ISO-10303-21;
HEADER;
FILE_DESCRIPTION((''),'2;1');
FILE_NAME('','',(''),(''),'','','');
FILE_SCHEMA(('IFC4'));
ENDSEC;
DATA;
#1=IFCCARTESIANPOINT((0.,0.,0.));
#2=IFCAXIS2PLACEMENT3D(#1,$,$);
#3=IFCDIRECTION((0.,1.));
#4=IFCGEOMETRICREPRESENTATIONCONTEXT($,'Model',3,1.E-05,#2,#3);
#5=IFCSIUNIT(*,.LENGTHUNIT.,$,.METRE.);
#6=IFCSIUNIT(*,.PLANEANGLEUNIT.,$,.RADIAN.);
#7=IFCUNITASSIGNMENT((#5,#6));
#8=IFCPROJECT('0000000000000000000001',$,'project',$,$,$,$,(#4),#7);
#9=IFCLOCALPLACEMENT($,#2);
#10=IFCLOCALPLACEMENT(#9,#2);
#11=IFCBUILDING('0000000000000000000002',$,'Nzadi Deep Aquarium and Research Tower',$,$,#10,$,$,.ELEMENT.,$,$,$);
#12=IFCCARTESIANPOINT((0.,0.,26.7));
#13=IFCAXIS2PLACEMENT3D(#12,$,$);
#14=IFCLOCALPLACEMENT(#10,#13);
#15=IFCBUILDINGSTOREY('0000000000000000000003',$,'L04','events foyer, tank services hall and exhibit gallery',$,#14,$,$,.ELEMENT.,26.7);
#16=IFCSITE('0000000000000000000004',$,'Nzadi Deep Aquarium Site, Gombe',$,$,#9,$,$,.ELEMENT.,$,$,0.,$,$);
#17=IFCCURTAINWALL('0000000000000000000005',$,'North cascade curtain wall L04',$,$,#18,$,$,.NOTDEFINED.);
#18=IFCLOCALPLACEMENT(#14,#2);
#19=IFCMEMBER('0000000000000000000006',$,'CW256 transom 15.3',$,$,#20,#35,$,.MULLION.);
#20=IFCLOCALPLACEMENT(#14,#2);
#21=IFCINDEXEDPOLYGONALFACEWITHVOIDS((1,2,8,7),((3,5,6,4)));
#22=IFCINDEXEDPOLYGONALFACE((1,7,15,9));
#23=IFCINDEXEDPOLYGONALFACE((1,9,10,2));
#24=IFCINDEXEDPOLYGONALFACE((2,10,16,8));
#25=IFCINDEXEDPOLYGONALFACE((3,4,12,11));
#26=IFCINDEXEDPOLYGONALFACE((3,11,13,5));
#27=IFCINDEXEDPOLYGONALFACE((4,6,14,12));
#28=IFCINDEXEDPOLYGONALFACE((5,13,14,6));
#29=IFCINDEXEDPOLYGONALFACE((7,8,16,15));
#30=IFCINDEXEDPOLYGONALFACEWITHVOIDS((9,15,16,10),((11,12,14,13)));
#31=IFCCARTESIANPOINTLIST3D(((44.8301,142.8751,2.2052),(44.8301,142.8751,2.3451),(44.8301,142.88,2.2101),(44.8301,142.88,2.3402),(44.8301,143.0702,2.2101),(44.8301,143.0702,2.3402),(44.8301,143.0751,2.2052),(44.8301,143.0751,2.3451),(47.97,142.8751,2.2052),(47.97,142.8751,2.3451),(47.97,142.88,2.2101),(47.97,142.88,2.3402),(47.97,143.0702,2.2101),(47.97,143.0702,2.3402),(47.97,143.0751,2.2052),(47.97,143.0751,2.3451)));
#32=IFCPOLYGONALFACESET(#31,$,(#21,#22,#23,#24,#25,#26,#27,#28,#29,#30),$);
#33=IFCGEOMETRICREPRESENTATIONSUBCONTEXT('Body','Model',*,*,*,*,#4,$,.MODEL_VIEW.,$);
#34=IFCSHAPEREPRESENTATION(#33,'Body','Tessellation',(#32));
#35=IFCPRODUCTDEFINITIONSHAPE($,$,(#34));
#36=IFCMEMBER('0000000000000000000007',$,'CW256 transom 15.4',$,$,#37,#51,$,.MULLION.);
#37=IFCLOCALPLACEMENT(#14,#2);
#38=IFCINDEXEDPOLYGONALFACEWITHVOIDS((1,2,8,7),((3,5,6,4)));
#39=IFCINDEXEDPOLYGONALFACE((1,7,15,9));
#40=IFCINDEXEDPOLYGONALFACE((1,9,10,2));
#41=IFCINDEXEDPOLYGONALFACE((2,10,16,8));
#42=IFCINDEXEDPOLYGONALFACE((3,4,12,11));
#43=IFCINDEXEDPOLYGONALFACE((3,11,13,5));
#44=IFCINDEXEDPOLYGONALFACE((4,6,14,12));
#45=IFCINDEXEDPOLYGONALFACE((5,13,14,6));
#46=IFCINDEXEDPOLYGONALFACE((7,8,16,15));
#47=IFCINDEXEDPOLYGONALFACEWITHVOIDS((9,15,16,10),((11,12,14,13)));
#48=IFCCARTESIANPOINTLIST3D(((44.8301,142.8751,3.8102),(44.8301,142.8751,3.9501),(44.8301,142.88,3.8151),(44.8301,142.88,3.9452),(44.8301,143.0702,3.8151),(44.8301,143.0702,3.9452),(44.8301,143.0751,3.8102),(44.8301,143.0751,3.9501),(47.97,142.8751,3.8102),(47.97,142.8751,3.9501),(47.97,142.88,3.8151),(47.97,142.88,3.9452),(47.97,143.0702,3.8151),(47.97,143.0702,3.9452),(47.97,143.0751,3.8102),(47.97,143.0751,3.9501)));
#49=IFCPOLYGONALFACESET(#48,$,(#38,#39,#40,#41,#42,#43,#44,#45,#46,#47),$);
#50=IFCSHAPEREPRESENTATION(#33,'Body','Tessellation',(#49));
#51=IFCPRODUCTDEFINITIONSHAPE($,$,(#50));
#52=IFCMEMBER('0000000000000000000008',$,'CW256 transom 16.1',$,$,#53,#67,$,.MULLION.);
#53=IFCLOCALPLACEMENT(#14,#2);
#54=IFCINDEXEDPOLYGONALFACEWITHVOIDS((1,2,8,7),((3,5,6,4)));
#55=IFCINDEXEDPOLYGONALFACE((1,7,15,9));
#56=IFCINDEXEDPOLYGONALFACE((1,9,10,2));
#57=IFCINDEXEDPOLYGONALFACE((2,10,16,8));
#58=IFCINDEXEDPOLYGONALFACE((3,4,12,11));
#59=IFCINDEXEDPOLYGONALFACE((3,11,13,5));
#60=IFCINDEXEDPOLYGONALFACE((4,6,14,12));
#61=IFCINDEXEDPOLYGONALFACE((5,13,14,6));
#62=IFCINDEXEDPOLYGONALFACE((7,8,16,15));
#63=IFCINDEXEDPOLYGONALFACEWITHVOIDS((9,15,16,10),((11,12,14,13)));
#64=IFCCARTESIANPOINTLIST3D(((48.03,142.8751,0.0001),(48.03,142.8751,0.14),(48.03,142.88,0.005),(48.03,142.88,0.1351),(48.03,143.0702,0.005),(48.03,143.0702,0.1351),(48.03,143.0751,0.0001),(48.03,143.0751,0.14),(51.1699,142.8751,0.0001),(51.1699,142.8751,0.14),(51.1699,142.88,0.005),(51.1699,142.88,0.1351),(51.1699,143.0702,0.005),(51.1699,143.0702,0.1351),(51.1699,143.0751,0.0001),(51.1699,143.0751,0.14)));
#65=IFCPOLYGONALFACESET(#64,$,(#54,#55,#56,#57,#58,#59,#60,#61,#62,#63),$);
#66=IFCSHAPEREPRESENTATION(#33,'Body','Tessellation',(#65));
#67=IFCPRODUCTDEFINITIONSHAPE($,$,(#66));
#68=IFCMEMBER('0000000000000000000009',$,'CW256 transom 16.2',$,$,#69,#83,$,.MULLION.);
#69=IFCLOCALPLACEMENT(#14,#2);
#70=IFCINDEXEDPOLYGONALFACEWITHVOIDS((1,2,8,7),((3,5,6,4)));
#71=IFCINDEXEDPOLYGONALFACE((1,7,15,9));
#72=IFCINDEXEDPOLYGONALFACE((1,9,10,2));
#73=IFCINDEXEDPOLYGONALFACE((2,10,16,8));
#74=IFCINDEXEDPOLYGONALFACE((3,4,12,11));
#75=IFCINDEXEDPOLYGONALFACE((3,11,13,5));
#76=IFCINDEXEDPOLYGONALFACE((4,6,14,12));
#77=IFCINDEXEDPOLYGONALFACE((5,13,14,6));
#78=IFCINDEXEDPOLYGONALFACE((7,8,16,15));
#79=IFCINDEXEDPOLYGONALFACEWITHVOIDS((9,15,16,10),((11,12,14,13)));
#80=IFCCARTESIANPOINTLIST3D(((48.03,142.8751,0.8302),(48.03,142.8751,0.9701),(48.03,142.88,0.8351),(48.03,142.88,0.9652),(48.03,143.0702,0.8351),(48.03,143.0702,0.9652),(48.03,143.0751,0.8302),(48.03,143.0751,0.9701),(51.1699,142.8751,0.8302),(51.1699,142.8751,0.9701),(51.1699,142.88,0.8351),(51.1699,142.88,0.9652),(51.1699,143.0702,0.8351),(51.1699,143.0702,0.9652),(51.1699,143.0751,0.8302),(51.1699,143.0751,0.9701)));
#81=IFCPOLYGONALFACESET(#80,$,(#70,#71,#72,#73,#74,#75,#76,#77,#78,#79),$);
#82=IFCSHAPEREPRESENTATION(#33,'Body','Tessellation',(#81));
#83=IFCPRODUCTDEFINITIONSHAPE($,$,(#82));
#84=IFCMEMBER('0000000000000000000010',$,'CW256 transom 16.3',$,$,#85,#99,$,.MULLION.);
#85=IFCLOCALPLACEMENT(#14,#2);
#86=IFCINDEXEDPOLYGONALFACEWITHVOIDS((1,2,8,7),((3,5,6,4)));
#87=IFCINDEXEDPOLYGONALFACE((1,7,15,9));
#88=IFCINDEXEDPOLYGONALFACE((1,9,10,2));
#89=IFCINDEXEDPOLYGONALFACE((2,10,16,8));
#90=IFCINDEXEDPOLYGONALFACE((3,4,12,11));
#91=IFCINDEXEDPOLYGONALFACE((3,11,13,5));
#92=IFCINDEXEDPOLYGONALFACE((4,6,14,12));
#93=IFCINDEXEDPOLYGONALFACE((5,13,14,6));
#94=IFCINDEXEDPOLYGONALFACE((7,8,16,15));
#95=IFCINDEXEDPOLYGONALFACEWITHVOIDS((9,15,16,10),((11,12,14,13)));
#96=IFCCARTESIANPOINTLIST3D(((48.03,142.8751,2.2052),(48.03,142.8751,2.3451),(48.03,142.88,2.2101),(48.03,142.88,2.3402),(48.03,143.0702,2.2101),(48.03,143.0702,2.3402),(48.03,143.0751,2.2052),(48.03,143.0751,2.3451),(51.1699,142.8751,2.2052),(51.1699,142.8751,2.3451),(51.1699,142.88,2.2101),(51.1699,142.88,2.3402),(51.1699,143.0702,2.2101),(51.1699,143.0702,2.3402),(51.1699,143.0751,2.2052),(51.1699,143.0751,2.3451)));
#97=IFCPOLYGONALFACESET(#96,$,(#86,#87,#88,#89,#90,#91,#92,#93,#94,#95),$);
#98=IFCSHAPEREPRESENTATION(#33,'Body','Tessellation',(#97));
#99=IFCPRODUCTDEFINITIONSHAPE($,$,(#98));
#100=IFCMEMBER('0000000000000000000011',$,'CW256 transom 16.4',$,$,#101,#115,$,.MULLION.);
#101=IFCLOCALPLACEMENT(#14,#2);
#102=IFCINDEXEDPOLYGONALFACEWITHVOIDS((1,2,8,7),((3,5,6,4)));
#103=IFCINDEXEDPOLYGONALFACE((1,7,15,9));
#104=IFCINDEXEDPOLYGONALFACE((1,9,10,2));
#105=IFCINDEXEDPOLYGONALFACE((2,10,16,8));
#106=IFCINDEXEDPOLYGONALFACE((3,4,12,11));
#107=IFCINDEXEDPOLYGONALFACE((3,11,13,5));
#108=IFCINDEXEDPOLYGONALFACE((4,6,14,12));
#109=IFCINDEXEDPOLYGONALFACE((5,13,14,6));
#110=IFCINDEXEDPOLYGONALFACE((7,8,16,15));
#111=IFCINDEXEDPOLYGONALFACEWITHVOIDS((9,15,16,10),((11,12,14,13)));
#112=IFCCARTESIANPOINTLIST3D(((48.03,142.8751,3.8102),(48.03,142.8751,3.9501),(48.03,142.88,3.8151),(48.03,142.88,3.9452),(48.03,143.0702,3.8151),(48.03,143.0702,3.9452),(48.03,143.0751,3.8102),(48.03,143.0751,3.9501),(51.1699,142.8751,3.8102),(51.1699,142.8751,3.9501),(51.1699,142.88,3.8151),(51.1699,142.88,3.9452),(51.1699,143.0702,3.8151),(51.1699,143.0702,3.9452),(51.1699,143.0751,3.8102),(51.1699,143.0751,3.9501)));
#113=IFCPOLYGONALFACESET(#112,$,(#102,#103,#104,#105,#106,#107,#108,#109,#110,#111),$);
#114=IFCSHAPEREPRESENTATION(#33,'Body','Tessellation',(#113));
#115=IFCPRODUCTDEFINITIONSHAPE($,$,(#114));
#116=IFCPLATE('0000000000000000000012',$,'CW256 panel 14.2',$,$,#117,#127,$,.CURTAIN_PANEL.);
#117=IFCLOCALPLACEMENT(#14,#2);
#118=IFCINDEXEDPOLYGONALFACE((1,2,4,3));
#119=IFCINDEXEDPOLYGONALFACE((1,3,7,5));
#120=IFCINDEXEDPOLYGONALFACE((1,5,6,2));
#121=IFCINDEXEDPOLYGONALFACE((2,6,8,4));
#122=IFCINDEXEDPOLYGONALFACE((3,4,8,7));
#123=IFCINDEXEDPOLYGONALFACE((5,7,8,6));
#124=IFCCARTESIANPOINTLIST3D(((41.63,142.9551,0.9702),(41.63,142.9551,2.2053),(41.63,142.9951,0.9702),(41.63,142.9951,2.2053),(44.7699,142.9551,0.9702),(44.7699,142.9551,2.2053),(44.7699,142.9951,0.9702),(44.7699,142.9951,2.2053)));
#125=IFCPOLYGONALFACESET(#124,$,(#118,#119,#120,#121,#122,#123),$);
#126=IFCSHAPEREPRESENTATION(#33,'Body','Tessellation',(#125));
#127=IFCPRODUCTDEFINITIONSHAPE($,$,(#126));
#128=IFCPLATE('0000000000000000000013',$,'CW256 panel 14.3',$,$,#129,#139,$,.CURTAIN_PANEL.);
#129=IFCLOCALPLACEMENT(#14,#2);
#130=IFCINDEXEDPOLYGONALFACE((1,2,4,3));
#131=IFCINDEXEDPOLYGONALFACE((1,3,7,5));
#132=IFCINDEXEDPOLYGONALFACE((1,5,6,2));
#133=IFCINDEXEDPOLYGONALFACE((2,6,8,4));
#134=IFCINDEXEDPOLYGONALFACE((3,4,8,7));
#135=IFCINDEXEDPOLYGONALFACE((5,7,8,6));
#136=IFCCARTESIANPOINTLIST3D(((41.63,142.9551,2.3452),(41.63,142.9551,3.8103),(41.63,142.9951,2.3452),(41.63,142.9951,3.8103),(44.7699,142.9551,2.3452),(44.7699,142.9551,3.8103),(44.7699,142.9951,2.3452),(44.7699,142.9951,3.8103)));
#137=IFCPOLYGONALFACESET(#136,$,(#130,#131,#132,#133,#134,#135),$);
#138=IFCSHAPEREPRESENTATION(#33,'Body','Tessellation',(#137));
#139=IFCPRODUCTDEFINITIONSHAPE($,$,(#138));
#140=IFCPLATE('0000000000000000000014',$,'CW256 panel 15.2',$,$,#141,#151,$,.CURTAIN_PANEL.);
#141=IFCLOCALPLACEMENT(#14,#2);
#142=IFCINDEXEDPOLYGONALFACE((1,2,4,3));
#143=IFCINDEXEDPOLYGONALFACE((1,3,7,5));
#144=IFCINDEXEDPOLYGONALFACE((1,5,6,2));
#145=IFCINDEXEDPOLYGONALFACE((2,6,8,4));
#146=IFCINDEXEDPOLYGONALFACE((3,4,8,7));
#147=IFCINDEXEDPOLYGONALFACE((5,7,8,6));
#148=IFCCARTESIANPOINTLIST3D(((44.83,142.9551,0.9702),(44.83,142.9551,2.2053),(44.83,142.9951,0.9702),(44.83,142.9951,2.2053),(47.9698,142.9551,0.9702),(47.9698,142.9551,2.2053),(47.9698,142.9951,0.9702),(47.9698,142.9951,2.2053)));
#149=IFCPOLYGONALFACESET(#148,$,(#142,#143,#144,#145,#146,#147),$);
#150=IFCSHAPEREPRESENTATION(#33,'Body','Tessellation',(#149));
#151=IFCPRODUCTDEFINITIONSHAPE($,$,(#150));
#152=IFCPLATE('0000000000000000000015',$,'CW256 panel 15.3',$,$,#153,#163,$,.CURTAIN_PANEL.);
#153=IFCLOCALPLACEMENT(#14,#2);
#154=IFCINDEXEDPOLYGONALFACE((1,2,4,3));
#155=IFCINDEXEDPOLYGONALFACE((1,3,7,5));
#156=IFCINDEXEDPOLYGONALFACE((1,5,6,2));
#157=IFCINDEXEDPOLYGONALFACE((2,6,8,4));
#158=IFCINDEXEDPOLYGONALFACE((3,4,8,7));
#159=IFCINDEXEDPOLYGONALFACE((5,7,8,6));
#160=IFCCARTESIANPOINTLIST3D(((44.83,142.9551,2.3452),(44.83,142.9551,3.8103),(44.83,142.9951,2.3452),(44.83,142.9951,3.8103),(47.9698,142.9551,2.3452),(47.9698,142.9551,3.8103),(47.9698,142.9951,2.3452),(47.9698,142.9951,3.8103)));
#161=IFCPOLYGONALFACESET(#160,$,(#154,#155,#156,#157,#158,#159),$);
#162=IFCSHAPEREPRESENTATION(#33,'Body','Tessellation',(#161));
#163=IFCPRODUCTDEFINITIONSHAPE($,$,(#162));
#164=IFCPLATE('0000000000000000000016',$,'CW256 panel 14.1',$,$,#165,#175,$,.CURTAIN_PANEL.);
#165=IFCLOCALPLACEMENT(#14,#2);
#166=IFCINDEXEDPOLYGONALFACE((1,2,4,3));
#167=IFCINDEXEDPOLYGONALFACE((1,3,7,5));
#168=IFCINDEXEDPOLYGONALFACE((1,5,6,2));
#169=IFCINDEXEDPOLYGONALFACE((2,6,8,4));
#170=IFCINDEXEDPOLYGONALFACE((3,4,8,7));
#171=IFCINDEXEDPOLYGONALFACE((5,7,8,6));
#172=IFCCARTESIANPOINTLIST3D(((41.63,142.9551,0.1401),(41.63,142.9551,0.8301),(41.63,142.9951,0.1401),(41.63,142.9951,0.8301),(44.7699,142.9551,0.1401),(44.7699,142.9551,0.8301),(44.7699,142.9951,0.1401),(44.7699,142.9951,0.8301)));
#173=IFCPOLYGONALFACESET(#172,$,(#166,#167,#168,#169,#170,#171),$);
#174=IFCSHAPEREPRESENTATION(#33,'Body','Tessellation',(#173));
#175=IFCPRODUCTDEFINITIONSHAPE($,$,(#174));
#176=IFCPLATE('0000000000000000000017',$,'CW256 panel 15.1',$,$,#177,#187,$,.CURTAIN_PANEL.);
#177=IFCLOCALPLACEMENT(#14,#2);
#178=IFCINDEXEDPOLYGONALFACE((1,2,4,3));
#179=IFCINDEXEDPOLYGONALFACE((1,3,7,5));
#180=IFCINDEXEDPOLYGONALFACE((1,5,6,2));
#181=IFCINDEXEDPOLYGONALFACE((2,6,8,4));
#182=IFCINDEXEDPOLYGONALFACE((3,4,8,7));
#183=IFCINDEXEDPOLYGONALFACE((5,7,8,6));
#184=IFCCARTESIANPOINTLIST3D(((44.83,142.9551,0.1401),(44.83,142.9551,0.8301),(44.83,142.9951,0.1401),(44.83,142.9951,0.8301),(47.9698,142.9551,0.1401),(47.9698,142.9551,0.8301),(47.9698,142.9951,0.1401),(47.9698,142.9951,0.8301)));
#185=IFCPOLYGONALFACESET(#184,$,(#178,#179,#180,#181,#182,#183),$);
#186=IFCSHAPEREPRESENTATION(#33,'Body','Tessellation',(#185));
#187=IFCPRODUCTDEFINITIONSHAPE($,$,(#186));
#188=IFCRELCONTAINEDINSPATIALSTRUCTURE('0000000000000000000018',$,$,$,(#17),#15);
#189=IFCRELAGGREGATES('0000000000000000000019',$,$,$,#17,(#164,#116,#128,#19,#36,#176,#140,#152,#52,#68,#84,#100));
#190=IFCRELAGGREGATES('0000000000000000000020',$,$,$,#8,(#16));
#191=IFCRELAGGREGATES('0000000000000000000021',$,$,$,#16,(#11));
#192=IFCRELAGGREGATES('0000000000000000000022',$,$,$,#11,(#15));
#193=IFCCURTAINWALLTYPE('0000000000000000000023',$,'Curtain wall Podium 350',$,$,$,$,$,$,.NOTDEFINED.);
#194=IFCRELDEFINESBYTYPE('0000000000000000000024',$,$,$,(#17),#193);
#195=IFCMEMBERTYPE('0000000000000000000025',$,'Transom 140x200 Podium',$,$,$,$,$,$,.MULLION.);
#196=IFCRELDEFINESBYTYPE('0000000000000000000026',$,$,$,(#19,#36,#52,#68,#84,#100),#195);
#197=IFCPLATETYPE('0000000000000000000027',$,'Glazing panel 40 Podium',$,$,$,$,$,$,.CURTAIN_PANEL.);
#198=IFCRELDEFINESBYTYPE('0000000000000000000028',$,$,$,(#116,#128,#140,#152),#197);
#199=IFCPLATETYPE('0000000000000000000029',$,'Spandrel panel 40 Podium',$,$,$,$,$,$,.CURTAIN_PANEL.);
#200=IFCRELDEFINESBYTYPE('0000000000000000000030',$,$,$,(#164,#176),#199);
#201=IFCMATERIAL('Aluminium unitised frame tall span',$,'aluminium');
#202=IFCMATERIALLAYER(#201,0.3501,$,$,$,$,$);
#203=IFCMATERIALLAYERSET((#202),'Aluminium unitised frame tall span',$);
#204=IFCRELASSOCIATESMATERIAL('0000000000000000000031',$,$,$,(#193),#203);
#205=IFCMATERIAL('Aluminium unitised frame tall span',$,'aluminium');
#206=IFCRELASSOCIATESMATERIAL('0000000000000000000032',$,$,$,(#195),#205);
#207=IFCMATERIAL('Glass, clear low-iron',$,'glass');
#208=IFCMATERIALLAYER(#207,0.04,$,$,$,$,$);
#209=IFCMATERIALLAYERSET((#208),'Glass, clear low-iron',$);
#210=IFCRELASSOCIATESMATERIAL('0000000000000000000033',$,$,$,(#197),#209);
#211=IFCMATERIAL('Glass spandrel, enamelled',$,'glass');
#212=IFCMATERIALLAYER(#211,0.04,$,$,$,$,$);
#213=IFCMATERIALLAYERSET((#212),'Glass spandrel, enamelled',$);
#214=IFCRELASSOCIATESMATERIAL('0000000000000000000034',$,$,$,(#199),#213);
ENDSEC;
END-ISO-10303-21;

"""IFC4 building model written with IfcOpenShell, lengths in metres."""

from ifc_helpers import new_model, si_unit, direction, frame, origin, origin_2d, place, context, subcontext, project, spatial, rectangle, hollow_rectangle, extrude, material, layer, layer_set, material_profile, profile_set, type_object, element, aggregate, save


model = new_model("IFC4")

# Units and contexts
model_context = context("Model", 3, precision=1e-05, world=origin(), true_north=direction((0.0, 1.0)))
body_context = subcontext(model_context, "Body", "Model", "MODEL_VIEW")
ifc_project = project(units=[si_unit("LENGTHUNIT", "METRE"), si_unit("PLANEANGLEUNIT", "RADIAN")], contexts=[model_context])

# Site, building, storey
site_placement = place(None, origin())
site = spatial("IfcSite", under=ifc_project, at=site_placement, Name="Nzadi Deep Aquarium Site, Gombe", CompositionType="ELEMENT", RefElevation=0.0)
building_placement = place(site_placement, origin())
building = spatial("IfcBuilding", under=site, at=building_placement, Name="Nzadi Deep Aquarium and Research Tower", CompositionType="ELEMENT")
storey_placement = place(building_placement, frame((0.0, 0.0, 26.7)))
storey = spatial("IfcBuildingStorey", under=building, at=storey_placement, Name="L04", Description="events foyer, tank services hall and exhibit gallery", CompositionType="ELEMENT", Elevation=26.7)

# Curtain wall
ifc_material_1 = material(Name="Aluminium unitised frame tall span", Category="aluminium")
ifc_layer_1 = layer(ifc_material_1, 0.3501)
ifc_layer_set_1 = layer_set([ifc_layer_1], Name="Aluminium unitised frame tall span")
curtain_wall_type = type_object("IfcCurtainWallType", Name="Curtain wall Podium 350", PredefinedType="NOTDEFINED", material=ifc_layer_set_1)
curtain_wall_placement = place(storey_placement, origin())
curtain_wall = element("IfcCurtainWall", 1, at=curtain_wall_placement, inside=storey, type_object=curtain_wall_type, Name="North cascade curtain wall L04", PredefinedType="NOTDEFINED")

# Members
ifc_material_2 = material(Name="Aluminium unitised frame tall span", Category="aluminium")
ifc_material_profile_1 = material_profile(ifc_material_2, hollow_rectangle(XDim=0.2, YDim=0.1399, WallThickness=0.0049, at=origin_2d()))
ifc_profile_set_1 = profile_set([ifc_material_profile_1], Name="Aluminium unitised frame tall span")
member_type_1 = type_object("IfcMemberType", Name="Transom 140x200 Podium", PredefinedType="MULLION", material=ifc_profile_set_1)
member_1_placement = place(storey_placement, frame((44.8301, 142.9751, 2.2751), z_axis=(1.0, 0.0, 0.0), x_axis=(0.0, 1.0, 0.0)))
member_1 = element("IfcMember", 2, at=member_1_placement, type_object=member_type_1, Name="CW256 transom 15.3", PredefinedType="MULLION", context=body_context, shape_type="SweptSolid", body=[
    extrude(hollow_rectangle(XDim=0.2, YDim=0.1399, WallThickness=0.0049, at=origin_2d()), origin(), (0.0, 0.0, 1.0), 3.1399),
])
member_2_placement = place(storey_placement, frame((44.8301, 142.9751, 3.8801), z_axis=(1.0, 0.0, 0.0), x_axis=(0.0, 1.0, 0.0)))
member_2 = element("IfcMember", 3, at=member_2_placement, type_object=member_type_1, Name="CW256 transom 15.4", PredefinedType="MULLION", context=body_context, shape_type="SweptSolid", body=[
    extrude(hollow_rectangle(XDim=0.2, YDim=0.1399, WallThickness=0.0049, at=origin_2d()), origin(), (0.0, 0.0, 1.0), 3.1399),
])
member_3_placement = place(storey_placement, frame((48.03, 142.9751, 0.0701), z_axis=(1.0, 0.0, 0.0), x_axis=(0.0, 1.0, 0.0)))
member_3 = element("IfcMember", 4, at=member_3_placement, type_object=member_type_1, Name="CW256 transom 16.1", PredefinedType="MULLION", context=body_context, shape_type="SweptSolid", body=[
    extrude(hollow_rectangle(XDim=0.2, YDim=0.1399, WallThickness=0.0049, at=origin_2d()), origin(), (0.0, 0.0, 1.0), 3.1399),
])
member_4_placement = place(storey_placement, frame((48.03, 142.9751, 0.9001), z_axis=(1.0, 0.0, 0.0), x_axis=(0.0, 1.0, 0.0)))
member_4 = element("IfcMember", 5, at=member_4_placement, type_object=member_type_1, Name="CW256 transom 16.2", PredefinedType="MULLION", context=body_context, shape_type="SweptSolid", body=[
    extrude(hollow_rectangle(XDim=0.2, YDim=0.1399, WallThickness=0.0049, at=origin_2d()), origin(), (0.0, 0.0, 1.0), 3.1399),
])
member_5_placement = place(storey_placement, frame((48.03, 142.9751, 2.2751), z_axis=(1.0, 0.0, 0.0), x_axis=(0.0, 1.0, 0.0)))
member_5 = element("IfcMember", 6, at=member_5_placement, type_object=member_type_1, Name="CW256 transom 16.3", PredefinedType="MULLION", context=body_context, shape_type="SweptSolid", body=[
    extrude(hollow_rectangle(XDim=0.2, YDim=0.1399, WallThickness=0.0049, at=origin_2d()), origin(), (0.0, 0.0, 1.0), 3.1399),
])
member_6_placement = place(storey_placement, frame((48.03, 142.9751, 3.8801), z_axis=(1.0, 0.0, 0.0), x_axis=(0.0, 1.0, 0.0)))
member_6 = element("IfcMember", 7, at=member_6_placement, type_object=member_type_1, Name="CW256 transom 16.4", PredefinedType="MULLION", context=body_context, shape_type="SweptSolid", body=[
    extrude(hollow_rectangle(XDim=0.2, YDim=0.1399, WallThickness=0.0049, at=origin_2d()), origin(), (0.0, 0.0, 1.0), 3.1399),
])

# Plates
ifc_material_3 = material(Name="Glass, clear low-iron", Category="glass")
ifc_layer_2 = layer(ifc_material_3, 0.04)
ifc_layer_set_2 = layer_set([ifc_layer_2], Name="Glass, clear low-iron")
plate_type_1 = type_object("IfcPlateType", Name="Glazing panel 40 Podium", PredefinedType="CURTAIN_PANEL", material=ifc_layer_set_2)
plate_1_placement = place(storey_placement, frame((43.2, 142.9751, 0.9702), z_axis=(0.0, 0.0, 1.0), x_axis=(1.0, 0.0, 0.0)))
plate_1 = element("IfcPlate", 8, at=plate_1_placement, type_object=plate_type_1, Name="CW256 panel 14.2", PredefinedType="CURTAIN_PANEL", context=body_context, shape_type="SweptSolid", body=[
    extrude(rectangle(XDim=3.1399, YDim=0.04, at=origin_2d()), origin(), (0.0, 0.0, 1.0), 1.2351),
])
plate_2_placement = place(storey_placement, frame((43.2, 142.9751, 2.3452), z_axis=(0.0, 0.0, 1.0), x_axis=(1.0, 0.0, 0.0)))
plate_2 = element("IfcPlate", 9, at=plate_2_placement, type_object=plate_type_1, Name="CW256 panel 14.3", PredefinedType="CURTAIN_PANEL", context=body_context, shape_type="SweptSolid", body=[
    extrude(rectangle(XDim=3.1399, YDim=0.04, at=origin_2d()), origin(), (0.0, 0.0, 1.0), 1.4651),
])
plate_3_placement = place(storey_placement, frame((46.3999, 142.9751, 0.9702), z_axis=(0.0, 0.0, 1.0), x_axis=(1.0, 0.0, 0.0)))
plate_3 = element("IfcPlate", 10, at=plate_3_placement, type_object=plate_type_1, Name="CW256 panel 15.2", PredefinedType="CURTAIN_PANEL", context=body_context, shape_type="SweptSolid", body=[
    extrude(rectangle(XDim=3.1399, YDim=0.04, at=origin_2d()), origin(), (0.0, 0.0, 1.0), 1.2351),
])
plate_4_placement = place(storey_placement, frame((46.3999, 142.9751, 2.3452), z_axis=(0.0, 0.0, 1.0), x_axis=(1.0, 0.0, 0.0)))
plate_4 = element("IfcPlate", 11, at=plate_4_placement, type_object=plate_type_1, Name="CW256 panel 15.3", PredefinedType="CURTAIN_PANEL", context=body_context, shape_type="SweptSolid", body=[
    extrude(rectangle(XDim=3.1399, YDim=0.04, at=origin_2d()), origin(), (0.0, 0.0, 1.0), 1.4651),
])
ifc_material_4 = material(Name="Glass spandrel, enamelled", Category="glass")
ifc_layer_3 = layer(ifc_material_4, 0.04)
ifc_layer_set_3 = layer_set([ifc_layer_3], Name="Glass spandrel, enamelled")
plate_type_2 = type_object("IfcPlateType", Name="Spandrel panel 40 Podium", PredefinedType="CURTAIN_PANEL", material=ifc_layer_set_3)
plate_5_placement = place(storey_placement, frame((43.2, 142.9751, 0.1401), z_axis=(0.0, 0.0, 1.0), x_axis=(1.0, 0.0, 0.0)))
plate_5 = element("IfcPlate", 12, at=plate_5_placement, type_object=plate_type_2, Name="CW256 panel 14.1", PredefinedType="CURTAIN_PANEL", context=body_context, shape_type="SweptSolid", body=[
    extrude(rectangle(XDim=3.1399, YDim=0.04, at=origin_2d()), origin(), (0.0, 0.0, 1.0), 0.6899),
])
plate_6_placement = place(storey_placement, frame((46.3999, 142.9751, 0.1401), z_axis=(0.0, 0.0, 1.0), x_axis=(1.0, 0.0, 0.0)))
plate_6 = element("IfcPlate", 13, at=plate_6_placement, type_object=plate_type_2, Name="CW256 panel 15.1", PredefinedType="CURTAIN_PANEL", context=body_context, shape_type="SweptSolid", body=[
    extrude(rectangle(XDim=3.1399, YDim=0.04, at=origin_2d()), origin(), (0.0, 0.0, 1.0), 0.6899),
])
aggregate(curtain_wall, [plate_5, plate_1, plate_2, member_1, member_2, plate_6, plate_3, plate_4, member_3, member_4, member_5, member_6])

save(model, "model.ifc")
